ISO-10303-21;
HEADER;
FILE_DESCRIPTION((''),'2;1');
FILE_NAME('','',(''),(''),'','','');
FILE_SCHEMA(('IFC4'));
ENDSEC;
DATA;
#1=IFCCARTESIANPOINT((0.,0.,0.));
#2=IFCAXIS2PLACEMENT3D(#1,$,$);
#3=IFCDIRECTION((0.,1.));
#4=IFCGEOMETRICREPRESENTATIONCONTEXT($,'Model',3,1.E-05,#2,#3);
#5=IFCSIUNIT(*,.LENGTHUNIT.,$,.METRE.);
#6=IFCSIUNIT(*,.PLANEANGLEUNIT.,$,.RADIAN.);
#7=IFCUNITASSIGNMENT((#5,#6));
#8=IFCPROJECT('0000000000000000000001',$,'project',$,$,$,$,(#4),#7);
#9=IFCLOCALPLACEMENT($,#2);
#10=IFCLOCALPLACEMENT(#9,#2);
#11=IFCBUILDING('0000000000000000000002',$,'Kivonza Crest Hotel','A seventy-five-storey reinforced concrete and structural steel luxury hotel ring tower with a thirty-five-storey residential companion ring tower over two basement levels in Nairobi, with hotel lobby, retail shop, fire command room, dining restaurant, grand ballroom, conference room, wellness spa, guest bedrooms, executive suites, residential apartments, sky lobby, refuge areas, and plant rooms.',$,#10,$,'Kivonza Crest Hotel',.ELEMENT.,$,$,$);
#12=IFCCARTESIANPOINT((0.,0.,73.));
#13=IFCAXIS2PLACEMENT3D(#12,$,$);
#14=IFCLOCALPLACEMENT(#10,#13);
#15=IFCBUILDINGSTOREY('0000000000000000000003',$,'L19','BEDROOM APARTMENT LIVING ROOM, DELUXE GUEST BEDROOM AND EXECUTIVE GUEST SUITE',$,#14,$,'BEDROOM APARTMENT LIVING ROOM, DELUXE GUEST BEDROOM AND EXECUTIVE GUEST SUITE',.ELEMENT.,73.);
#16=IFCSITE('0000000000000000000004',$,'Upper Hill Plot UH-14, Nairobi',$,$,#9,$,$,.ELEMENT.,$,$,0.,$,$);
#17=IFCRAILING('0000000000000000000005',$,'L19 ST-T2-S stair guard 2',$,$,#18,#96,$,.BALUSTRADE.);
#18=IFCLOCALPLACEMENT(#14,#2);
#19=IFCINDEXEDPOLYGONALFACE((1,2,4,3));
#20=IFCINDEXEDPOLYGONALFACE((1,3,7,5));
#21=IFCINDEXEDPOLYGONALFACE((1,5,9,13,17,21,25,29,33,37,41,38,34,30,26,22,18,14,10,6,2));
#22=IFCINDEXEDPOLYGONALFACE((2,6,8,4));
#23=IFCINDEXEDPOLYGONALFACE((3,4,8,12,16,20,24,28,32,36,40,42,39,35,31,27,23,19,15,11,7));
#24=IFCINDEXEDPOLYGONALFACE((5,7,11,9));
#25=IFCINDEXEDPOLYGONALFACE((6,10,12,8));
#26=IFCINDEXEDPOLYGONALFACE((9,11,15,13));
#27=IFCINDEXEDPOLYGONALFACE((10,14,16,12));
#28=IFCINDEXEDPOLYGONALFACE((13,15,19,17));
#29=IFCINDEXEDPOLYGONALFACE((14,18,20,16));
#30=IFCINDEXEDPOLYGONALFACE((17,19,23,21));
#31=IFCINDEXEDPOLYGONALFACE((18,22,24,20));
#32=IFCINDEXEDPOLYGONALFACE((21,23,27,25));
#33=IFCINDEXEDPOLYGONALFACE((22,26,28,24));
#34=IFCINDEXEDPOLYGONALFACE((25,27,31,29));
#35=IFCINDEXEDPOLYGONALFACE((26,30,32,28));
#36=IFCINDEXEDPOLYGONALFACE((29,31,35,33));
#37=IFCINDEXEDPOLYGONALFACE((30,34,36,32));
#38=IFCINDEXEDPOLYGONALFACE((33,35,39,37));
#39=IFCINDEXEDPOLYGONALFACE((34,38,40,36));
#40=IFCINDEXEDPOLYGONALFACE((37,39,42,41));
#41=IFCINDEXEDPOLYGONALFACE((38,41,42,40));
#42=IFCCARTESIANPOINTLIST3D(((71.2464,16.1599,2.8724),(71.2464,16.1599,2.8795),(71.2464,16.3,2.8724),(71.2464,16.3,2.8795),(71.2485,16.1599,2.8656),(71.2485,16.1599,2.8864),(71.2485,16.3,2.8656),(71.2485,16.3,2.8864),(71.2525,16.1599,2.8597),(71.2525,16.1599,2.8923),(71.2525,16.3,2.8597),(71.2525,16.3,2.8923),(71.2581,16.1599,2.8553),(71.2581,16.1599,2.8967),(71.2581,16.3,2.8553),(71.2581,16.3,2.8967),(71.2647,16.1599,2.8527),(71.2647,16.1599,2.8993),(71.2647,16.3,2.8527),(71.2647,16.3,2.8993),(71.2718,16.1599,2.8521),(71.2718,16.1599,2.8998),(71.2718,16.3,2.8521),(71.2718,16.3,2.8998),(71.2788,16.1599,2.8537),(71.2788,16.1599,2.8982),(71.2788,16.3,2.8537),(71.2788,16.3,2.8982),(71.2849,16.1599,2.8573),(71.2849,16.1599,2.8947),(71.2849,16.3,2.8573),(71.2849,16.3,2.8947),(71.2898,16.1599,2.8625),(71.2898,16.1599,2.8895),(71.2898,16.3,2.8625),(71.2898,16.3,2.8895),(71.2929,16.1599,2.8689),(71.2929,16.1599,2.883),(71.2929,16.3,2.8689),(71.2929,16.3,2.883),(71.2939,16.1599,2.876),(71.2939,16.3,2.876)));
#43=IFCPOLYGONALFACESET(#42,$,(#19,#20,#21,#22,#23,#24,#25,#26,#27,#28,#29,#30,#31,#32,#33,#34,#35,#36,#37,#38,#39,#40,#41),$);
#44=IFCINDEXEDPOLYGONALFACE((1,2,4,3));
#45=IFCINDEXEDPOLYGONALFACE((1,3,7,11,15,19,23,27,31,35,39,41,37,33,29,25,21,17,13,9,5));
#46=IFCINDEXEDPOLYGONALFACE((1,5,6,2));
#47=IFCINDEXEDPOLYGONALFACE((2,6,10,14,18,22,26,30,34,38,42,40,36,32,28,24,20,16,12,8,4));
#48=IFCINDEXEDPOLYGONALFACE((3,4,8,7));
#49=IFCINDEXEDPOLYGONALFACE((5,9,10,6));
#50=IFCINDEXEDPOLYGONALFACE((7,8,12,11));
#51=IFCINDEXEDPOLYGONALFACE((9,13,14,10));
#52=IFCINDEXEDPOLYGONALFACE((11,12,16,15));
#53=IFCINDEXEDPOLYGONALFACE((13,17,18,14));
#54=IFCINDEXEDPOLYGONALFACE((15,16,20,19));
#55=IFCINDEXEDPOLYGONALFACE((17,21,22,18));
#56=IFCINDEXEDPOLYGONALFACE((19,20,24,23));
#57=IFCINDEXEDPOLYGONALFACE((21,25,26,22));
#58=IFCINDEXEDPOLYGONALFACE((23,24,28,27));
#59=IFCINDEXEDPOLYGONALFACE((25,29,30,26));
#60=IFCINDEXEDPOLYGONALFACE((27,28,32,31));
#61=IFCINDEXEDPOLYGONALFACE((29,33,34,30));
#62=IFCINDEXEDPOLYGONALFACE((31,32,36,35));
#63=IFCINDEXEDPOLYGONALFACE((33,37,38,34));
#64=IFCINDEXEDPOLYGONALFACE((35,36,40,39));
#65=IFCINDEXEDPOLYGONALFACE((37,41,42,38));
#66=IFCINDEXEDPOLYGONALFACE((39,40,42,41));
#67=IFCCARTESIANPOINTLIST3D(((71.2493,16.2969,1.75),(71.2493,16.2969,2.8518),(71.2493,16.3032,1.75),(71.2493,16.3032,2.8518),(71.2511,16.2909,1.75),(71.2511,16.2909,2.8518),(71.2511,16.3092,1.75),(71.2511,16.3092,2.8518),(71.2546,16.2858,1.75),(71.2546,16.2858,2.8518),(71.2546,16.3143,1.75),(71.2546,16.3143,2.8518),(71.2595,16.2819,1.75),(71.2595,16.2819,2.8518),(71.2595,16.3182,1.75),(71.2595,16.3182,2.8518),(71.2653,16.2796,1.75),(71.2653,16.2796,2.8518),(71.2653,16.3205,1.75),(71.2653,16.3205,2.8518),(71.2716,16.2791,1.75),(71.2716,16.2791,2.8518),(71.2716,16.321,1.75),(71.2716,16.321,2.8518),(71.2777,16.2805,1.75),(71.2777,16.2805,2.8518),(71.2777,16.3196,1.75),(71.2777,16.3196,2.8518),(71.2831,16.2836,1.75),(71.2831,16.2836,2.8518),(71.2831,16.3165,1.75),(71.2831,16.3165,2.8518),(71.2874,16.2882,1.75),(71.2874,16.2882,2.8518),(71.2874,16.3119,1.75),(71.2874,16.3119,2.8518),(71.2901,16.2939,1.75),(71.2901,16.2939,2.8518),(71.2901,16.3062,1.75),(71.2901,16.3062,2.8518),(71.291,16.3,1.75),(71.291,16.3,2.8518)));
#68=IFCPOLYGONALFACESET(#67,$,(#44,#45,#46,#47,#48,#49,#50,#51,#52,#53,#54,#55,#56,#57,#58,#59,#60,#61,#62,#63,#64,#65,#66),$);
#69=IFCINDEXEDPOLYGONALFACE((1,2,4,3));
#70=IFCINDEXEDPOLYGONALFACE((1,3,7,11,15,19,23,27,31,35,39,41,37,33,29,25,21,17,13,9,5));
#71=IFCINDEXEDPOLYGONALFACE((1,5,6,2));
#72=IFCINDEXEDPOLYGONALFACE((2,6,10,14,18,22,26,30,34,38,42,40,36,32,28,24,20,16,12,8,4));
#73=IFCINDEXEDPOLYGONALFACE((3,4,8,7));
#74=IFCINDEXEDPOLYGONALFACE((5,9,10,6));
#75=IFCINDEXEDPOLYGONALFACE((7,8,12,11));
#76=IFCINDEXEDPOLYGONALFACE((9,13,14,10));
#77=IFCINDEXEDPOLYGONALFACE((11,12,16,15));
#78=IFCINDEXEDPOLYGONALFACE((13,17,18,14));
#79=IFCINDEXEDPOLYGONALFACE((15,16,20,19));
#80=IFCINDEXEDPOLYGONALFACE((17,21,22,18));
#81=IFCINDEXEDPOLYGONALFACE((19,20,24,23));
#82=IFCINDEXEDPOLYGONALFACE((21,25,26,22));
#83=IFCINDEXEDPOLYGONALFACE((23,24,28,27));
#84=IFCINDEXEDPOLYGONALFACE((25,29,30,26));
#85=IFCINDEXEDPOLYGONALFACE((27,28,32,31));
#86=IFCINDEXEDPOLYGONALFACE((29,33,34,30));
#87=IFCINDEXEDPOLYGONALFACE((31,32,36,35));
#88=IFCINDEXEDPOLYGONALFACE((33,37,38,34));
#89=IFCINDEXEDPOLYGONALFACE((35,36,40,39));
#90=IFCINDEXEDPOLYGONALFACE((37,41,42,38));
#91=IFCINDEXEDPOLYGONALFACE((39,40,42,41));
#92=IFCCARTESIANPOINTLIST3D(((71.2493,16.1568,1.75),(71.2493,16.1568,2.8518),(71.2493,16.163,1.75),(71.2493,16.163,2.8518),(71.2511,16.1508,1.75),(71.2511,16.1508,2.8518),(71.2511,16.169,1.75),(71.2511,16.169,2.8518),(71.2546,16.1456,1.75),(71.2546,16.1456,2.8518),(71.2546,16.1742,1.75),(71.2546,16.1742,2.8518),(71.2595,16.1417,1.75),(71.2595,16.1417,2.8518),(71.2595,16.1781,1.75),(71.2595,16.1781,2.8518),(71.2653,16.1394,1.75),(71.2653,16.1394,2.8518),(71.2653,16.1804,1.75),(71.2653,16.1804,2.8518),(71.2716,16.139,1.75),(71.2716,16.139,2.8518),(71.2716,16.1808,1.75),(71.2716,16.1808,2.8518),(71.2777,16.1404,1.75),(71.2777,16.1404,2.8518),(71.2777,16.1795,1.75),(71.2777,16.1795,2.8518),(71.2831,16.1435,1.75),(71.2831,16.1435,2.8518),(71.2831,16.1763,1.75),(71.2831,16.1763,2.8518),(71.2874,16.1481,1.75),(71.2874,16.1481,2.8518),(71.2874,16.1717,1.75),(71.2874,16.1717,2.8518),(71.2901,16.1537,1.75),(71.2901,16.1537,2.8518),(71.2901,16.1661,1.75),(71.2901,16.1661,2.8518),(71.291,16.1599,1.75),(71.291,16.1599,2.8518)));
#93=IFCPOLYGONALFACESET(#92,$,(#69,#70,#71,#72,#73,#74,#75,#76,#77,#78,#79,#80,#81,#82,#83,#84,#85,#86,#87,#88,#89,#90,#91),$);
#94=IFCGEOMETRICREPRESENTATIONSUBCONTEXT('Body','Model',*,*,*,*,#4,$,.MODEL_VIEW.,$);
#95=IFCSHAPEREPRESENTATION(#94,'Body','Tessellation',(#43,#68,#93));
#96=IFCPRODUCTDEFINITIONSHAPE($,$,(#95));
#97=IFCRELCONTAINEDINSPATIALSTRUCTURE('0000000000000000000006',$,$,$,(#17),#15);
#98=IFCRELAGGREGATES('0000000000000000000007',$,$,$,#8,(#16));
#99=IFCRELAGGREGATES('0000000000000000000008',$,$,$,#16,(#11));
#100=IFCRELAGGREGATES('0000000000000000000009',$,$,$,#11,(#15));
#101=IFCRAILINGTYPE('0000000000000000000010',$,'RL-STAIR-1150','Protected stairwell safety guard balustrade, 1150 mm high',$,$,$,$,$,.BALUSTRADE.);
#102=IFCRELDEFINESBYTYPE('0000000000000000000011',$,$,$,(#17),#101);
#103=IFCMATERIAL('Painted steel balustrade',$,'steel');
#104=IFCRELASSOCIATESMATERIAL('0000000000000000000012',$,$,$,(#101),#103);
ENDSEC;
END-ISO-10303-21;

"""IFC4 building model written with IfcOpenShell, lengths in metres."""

from ifc_helpers import new_model, si_unit, direction, frame, origin, origin_2d, place, context, subcontext, project, spatial, circle, extrude, material, type_object, element, save


model = new_model("IFC4")

# Units and contexts
model_context = context("Model", 3, precision=1e-05, world=origin(), true_north=direction((0.0, 1.0)))
body_context = subcontext(model_context, "Body", "Model", "MODEL_VIEW")
ifc_project = project(units=[si_unit("LENGTHUNIT", "METRE"), si_unit("PLANEANGLEUNIT", "RADIAN")], contexts=[model_context])

# Site, building, storey
site_placement = place(None, origin())
site = spatial("IfcSite", under=ifc_project, at=site_placement, Name="Upper Hill Plot UH-14, Nairobi", CompositionType="ELEMENT", RefElevation=0.0)
building_placement = place(site_placement, origin())
building = spatial("IfcBuilding", under=site, at=building_placement, Name="Kivonza Crest Hotel", Description="A seventy-five-storey reinforced concrete and structural steel luxury hotel ring tower with a thirty-five-storey residential companion ring tower over two basement levels in Nairobi, with hotel lobby, retail shop, fire command room, dining restaurant, grand ballroom, conference room, wellness spa, guest bedrooms, executive suites, residential apartments, sky lobby, refuge areas, and plant rooms.", LongName="Kivonza Crest Hotel", CompositionType="ELEMENT")
storey_placement = place(building_placement, frame((0.0, 0.0, 73.0)))
storey = spatial("IfcBuildingStorey", under=building, at=storey_placement, Name="L19", Description="BEDROOM APARTMENT LIVING ROOM, DELUXE GUEST BEDROOM AND EXECUTIVE GUEST SUITE", LongName="BEDROOM APARTMENT LIVING ROOM, DELUXE GUEST BEDROOM AND EXECUTIVE GUEST SUITE", CompositionType="ELEMENT", Elevation=73.0)

# Railing
ifc_material_1 = material(Name="Painted steel balustrade", Category="steel")
railing_type_1 = type_object("IfcRailingType", Name="RL-STAIR-1150", Description="Protected stairwell safety guard balustrade, 1150 mm high", PredefinedType="BALUSTRADE", material=ifc_material_1)
railing_1_placement = place(storey_placement, frame((71.27, 16.3, 1.75)))
element("IfcRailing", 1, at=railing_1_placement, inside=storey, type_object=railing_type_1, Name="L19 ST-T2-S stair guard 2", PredefinedType="BALUSTRADE", context=body_context, shape_type="SweptSolid", body=[
    extrude(circle(Radius=0.0239, at=origin_2d()), frame((0.0, 0.0, 1.126), z_axis=(0.0, -1.0, 0.0), x_axis=(1.0, 0.0, 0.0)), (0.0, 0.0, 1.0), 0.1401),
    extrude(circle(Radius=0.021, at=origin_2d()), origin(), (0.0, 0.0, 1.0), 1.1018),
    extrude(circle(Radius=0.021, at=origin_2d()), frame((0.0, -0.1401, 0.0)), (0.0, 0.0, 1.0), 1.1018),
])

save(model, "model.ifc")
